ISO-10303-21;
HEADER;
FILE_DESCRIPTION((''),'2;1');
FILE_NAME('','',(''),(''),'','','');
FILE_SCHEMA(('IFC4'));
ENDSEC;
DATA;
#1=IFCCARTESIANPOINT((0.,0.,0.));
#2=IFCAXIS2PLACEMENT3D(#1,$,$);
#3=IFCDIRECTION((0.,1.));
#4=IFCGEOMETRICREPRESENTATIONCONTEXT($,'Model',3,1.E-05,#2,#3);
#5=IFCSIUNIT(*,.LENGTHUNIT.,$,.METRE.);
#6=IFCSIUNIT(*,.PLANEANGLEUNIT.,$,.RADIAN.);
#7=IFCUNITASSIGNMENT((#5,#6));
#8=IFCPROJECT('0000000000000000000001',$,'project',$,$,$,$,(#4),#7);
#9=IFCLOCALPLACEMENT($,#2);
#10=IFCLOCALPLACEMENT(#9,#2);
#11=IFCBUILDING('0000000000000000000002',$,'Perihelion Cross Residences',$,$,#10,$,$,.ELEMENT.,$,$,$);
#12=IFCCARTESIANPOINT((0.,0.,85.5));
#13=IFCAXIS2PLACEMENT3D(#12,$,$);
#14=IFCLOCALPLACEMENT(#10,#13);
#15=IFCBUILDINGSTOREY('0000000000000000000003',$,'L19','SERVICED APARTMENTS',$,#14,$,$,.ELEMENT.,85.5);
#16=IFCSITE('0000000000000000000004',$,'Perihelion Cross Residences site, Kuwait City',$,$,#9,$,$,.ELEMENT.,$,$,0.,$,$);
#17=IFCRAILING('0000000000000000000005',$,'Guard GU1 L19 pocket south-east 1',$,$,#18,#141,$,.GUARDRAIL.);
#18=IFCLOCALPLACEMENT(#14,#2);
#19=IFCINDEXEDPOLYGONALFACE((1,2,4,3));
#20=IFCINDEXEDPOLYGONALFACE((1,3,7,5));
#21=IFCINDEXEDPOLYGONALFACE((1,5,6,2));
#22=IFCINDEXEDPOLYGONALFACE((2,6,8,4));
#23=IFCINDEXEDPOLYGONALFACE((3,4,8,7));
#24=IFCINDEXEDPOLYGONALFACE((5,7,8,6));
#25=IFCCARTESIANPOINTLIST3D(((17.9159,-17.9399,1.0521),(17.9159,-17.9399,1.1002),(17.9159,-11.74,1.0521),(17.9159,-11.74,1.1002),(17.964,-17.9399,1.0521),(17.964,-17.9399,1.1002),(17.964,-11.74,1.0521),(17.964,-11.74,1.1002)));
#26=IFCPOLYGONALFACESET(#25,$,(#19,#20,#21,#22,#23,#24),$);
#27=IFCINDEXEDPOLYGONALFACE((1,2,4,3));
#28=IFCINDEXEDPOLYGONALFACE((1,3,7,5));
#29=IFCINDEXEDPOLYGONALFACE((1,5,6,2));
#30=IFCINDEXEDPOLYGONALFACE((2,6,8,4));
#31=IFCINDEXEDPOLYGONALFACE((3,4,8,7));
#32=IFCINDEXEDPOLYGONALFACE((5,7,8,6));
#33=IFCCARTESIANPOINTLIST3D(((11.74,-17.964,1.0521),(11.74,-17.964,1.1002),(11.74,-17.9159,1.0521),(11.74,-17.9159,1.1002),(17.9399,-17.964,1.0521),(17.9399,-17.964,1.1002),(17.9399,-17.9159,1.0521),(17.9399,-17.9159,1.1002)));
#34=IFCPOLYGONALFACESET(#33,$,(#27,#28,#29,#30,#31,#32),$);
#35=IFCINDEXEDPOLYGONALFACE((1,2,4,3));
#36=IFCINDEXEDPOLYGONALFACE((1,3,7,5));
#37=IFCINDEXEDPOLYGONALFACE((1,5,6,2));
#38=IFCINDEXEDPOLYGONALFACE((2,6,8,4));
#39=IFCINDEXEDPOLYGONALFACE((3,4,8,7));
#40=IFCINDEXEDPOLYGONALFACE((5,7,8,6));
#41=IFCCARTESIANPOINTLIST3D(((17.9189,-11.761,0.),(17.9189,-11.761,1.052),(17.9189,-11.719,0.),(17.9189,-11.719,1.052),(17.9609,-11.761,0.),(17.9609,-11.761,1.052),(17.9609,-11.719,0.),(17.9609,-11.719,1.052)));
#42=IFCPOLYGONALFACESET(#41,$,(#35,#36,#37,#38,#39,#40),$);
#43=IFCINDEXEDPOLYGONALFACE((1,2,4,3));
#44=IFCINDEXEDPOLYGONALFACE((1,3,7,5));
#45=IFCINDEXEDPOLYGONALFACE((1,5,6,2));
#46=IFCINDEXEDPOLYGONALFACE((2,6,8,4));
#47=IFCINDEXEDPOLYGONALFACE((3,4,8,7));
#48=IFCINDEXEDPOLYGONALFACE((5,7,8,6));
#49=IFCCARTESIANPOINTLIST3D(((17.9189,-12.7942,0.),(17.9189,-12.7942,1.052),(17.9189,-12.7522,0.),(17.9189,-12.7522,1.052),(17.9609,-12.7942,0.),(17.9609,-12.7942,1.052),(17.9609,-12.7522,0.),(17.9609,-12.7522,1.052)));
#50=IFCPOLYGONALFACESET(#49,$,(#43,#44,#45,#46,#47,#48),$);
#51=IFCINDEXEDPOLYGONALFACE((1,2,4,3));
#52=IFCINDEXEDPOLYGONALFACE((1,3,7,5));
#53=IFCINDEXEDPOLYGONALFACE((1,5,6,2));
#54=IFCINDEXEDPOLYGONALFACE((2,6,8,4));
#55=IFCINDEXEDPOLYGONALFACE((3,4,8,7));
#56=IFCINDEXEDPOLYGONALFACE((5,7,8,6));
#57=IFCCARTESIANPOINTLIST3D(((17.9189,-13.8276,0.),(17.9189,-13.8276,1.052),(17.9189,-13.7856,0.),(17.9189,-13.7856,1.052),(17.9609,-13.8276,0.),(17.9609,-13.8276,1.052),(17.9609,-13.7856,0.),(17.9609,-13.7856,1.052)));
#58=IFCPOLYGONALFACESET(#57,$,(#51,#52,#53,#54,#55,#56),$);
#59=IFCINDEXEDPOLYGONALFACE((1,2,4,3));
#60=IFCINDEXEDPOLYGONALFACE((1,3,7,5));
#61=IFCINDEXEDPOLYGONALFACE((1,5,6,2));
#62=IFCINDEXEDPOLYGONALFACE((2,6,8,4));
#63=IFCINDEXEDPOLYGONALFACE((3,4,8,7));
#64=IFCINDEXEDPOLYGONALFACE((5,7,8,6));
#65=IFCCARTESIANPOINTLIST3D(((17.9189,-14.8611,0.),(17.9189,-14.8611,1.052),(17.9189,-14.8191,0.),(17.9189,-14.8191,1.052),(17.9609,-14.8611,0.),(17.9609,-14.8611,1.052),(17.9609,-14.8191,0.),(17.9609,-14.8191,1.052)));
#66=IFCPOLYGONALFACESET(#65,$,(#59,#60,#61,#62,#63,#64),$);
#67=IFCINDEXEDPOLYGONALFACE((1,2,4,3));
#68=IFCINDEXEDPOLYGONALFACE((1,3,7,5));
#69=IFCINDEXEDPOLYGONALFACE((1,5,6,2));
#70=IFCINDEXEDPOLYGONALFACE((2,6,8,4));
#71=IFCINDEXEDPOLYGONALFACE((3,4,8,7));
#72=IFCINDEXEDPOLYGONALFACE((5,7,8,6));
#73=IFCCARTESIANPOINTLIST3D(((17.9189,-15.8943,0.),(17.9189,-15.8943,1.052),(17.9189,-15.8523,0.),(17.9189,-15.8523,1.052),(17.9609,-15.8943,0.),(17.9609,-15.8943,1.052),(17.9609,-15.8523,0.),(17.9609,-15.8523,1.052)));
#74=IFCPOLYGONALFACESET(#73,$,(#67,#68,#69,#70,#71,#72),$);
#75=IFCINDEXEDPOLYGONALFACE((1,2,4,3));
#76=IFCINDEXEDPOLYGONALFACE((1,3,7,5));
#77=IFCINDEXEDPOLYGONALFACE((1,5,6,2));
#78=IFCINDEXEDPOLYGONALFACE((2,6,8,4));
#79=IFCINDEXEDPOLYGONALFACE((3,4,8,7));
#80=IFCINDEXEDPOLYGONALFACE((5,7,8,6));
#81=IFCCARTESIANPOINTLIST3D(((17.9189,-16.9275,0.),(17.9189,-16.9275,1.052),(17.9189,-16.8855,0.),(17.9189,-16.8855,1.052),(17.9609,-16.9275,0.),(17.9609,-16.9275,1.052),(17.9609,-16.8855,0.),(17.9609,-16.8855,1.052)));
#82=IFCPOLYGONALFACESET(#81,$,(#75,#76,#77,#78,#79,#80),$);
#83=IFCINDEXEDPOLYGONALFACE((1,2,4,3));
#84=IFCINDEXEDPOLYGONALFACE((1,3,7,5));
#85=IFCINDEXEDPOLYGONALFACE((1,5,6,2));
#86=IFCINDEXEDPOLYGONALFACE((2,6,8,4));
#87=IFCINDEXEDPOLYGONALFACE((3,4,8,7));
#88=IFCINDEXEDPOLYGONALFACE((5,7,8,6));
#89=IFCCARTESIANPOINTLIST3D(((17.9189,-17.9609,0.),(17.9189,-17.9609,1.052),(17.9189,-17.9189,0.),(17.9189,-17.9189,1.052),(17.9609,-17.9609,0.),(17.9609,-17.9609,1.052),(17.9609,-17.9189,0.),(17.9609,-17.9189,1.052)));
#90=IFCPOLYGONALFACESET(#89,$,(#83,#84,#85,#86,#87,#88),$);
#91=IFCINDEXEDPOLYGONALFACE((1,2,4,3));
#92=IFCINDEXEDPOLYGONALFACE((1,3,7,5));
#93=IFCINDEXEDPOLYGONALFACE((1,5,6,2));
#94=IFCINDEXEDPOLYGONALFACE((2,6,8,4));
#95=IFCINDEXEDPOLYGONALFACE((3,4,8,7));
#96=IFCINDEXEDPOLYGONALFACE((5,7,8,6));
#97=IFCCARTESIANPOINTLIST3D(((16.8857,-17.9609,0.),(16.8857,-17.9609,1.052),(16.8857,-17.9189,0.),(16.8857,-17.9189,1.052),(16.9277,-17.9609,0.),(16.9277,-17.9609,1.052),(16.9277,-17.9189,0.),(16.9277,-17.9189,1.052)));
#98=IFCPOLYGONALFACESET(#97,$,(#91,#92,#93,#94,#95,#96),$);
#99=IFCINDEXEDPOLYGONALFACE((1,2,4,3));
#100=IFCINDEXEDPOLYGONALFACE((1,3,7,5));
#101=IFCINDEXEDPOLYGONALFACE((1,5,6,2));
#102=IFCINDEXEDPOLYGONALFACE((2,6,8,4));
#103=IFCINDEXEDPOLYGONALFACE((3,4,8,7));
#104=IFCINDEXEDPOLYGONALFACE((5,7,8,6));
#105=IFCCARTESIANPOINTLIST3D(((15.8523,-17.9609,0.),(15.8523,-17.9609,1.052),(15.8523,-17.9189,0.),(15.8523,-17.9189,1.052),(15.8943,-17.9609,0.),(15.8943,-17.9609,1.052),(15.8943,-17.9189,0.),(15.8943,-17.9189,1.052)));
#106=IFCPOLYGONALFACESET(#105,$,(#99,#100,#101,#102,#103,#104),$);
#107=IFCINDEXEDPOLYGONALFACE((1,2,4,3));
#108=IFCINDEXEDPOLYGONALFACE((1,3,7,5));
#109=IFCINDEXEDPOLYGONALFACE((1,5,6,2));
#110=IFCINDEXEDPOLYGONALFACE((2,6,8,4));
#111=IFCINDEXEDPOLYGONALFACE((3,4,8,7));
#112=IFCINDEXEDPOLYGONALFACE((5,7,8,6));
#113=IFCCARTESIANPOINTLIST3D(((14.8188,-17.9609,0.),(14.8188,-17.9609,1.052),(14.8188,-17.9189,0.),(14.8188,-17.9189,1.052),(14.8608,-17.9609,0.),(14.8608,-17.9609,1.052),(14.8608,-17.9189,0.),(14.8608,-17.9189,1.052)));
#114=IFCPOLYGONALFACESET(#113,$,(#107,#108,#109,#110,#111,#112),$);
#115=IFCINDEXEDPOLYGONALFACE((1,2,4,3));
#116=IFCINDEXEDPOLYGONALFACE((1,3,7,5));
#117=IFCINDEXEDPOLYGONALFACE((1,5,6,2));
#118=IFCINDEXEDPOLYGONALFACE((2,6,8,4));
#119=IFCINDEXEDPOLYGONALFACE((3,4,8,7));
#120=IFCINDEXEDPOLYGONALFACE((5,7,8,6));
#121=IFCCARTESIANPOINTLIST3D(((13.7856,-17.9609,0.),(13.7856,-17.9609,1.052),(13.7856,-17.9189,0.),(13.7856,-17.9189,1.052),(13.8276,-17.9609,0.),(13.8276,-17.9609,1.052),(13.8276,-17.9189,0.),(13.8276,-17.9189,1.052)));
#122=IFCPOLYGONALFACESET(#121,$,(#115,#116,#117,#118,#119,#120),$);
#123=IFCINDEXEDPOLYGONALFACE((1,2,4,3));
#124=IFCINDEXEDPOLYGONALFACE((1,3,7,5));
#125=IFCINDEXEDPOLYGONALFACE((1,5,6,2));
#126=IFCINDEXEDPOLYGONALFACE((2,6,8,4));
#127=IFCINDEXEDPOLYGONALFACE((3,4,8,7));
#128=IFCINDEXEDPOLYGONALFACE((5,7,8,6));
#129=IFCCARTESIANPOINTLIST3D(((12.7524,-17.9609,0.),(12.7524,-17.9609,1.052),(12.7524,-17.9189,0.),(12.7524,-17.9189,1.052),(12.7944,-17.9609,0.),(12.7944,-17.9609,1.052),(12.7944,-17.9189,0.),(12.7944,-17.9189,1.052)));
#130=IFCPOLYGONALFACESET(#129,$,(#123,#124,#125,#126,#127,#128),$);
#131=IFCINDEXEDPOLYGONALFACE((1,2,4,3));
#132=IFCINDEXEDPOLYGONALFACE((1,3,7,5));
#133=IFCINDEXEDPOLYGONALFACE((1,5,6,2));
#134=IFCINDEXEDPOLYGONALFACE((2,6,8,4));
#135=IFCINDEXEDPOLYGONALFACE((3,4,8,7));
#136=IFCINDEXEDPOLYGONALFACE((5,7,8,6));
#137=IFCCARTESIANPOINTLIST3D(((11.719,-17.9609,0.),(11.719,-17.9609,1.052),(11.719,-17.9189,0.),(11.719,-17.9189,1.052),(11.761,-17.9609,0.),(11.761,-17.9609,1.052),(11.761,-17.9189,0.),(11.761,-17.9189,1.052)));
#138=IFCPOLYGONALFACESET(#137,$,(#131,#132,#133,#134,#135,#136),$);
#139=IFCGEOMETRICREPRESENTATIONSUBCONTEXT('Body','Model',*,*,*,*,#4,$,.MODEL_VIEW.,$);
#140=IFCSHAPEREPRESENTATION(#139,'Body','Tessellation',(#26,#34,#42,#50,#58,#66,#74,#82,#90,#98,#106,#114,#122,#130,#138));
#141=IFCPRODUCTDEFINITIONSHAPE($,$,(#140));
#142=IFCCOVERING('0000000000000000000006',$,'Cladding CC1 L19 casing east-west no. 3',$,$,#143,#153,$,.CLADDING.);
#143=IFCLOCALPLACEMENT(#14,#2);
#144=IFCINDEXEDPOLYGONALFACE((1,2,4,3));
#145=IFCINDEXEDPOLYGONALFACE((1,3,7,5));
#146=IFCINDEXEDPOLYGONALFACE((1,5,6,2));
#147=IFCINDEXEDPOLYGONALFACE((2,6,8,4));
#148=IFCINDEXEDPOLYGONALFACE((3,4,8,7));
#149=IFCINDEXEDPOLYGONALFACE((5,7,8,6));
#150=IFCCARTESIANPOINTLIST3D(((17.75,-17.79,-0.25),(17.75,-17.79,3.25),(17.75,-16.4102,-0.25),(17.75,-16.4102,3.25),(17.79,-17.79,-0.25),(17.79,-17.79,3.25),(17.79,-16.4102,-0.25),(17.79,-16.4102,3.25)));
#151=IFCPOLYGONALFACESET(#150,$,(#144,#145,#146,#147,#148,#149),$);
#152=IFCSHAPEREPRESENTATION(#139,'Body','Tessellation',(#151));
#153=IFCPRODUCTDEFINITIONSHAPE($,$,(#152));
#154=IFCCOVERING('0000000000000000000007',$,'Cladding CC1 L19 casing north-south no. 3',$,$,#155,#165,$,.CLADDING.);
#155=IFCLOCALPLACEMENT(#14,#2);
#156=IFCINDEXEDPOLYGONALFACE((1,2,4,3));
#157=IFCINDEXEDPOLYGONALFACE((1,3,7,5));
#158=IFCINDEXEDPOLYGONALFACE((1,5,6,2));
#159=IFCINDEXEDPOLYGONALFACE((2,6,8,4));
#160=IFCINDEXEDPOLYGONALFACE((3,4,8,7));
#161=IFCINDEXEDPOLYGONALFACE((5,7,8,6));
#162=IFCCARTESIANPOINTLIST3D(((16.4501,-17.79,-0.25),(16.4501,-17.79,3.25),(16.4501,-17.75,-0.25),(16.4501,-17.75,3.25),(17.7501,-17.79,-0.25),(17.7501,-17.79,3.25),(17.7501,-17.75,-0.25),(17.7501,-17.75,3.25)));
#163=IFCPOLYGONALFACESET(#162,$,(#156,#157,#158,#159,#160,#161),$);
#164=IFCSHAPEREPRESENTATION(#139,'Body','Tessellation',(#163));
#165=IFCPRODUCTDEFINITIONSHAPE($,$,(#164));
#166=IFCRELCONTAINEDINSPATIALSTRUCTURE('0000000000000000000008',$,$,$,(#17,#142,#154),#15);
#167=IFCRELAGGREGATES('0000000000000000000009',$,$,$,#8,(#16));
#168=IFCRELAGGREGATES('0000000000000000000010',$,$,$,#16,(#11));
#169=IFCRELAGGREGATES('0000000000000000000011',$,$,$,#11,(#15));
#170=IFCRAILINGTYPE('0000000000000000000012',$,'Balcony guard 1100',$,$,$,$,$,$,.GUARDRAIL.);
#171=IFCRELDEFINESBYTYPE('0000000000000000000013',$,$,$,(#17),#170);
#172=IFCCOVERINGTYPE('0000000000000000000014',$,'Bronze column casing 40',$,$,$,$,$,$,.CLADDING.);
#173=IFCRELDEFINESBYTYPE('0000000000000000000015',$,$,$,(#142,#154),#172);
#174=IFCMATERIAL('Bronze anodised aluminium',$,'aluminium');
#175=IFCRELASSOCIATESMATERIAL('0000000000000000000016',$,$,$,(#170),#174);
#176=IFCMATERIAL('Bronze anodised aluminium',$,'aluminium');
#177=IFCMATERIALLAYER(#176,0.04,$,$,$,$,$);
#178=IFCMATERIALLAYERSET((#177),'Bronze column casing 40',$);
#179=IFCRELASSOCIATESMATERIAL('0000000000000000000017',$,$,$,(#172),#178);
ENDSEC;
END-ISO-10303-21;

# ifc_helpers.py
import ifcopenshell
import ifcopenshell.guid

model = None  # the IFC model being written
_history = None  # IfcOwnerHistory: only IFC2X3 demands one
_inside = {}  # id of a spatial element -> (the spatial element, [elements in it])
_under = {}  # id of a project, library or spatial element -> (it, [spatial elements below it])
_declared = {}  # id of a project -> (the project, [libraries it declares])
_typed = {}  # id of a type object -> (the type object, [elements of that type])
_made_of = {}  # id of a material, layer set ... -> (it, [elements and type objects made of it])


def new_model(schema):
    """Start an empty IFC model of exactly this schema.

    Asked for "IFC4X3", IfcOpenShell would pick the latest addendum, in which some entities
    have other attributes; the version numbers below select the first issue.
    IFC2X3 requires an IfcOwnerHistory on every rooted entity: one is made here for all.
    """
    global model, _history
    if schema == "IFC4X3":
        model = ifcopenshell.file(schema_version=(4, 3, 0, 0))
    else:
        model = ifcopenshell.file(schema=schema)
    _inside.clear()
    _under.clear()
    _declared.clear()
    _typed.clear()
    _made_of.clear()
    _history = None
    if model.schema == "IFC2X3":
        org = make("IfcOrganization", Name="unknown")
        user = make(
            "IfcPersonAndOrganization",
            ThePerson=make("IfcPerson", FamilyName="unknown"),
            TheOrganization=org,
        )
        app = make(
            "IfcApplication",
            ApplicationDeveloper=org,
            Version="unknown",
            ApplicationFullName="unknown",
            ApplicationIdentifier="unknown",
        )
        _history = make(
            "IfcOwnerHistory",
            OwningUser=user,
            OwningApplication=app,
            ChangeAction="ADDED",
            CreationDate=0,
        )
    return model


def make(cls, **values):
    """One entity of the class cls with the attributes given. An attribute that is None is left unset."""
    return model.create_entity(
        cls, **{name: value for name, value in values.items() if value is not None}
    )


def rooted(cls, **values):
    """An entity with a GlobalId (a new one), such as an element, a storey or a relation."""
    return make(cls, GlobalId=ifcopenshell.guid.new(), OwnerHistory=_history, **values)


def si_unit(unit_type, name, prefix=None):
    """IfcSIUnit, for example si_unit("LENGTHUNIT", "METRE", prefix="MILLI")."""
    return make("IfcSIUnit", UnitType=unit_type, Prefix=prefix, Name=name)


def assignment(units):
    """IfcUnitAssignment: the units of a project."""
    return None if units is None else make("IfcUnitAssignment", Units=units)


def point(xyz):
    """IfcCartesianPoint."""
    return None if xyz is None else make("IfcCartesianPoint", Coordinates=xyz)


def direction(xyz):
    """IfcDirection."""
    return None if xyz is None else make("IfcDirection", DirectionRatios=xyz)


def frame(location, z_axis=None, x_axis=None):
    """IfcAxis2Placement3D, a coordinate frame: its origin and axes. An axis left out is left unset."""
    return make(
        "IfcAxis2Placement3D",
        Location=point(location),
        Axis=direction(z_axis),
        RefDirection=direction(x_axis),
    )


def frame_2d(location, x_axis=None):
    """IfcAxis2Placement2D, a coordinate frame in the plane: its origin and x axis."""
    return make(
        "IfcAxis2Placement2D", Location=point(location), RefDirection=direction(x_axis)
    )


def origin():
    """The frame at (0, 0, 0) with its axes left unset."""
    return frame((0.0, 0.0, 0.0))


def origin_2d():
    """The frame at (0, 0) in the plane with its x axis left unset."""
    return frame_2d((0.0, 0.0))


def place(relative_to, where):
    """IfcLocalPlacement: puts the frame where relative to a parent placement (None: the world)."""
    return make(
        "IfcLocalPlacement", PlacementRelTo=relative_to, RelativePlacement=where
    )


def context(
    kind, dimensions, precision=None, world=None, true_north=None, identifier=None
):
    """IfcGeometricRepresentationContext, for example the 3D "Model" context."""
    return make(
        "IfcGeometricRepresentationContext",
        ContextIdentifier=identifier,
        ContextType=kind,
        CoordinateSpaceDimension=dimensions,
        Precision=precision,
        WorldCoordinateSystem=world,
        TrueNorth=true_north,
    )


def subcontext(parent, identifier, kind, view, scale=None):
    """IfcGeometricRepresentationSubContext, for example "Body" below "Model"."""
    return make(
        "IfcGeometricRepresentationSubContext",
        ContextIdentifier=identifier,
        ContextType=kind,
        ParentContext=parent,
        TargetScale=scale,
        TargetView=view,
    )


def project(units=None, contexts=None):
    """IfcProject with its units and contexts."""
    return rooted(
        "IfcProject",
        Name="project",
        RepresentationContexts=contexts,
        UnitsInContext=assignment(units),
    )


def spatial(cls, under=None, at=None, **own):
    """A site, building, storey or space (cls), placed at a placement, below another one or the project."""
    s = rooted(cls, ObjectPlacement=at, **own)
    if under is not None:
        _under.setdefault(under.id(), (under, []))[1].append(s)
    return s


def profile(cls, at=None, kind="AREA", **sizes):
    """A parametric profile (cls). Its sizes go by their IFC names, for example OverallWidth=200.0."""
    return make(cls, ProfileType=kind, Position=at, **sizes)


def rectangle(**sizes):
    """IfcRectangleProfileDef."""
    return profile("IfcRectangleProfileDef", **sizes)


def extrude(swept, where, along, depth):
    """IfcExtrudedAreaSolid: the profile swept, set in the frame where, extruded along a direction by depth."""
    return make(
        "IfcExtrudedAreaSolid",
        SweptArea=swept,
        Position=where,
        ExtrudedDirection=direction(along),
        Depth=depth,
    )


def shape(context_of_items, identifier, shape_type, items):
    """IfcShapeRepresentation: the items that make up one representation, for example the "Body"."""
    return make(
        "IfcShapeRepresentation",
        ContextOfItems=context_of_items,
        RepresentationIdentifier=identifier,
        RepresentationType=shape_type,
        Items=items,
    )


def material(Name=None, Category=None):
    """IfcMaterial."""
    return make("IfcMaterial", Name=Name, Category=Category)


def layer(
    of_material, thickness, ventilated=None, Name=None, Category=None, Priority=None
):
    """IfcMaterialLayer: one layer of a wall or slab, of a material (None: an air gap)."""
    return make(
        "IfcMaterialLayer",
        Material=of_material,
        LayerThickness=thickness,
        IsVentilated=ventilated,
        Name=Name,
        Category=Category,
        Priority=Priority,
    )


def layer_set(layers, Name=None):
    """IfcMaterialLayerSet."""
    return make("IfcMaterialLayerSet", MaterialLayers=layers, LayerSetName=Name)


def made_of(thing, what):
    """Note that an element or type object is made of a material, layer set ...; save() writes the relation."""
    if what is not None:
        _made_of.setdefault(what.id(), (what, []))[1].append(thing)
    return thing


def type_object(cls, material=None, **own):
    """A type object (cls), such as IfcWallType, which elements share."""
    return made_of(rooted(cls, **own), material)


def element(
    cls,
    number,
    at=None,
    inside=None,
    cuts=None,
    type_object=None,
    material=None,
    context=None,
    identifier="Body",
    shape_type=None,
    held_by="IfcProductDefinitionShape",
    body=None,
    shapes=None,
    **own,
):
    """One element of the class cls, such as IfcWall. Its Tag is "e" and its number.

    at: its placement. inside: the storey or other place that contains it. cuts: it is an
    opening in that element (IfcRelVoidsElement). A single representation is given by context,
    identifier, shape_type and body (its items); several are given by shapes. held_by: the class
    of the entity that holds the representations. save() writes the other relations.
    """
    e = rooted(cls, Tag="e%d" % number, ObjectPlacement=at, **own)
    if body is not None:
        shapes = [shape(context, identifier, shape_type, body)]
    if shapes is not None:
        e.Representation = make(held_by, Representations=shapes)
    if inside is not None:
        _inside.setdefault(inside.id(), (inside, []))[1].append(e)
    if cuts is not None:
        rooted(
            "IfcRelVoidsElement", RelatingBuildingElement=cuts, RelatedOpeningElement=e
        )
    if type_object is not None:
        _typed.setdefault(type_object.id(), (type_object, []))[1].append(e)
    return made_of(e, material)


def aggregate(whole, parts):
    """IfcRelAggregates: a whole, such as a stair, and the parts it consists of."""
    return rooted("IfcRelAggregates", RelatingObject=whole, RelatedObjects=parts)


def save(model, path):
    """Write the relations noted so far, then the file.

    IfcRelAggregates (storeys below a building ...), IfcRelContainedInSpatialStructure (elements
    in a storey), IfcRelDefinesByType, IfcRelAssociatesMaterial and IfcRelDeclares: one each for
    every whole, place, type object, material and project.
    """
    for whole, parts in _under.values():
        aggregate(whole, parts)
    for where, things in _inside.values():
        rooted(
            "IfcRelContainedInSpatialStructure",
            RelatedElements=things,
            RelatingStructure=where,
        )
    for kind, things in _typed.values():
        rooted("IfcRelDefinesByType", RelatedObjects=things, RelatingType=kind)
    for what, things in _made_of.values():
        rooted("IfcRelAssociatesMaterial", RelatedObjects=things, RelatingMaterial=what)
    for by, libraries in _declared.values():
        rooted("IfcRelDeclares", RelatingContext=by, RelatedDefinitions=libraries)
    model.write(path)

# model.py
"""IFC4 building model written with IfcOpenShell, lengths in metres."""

from ifc_helpers import new_model, si_unit, direction, frame, origin, origin_2d, place, context, subcontext, project, spatial, rectangle, extrude, material, layer, layer_set, type_object, element, save


model = new_model("IFC4")

# Units and contexts
model_context = context("Model", 3, precision=1e-05, world=origin(), true_north=direction((0.0, 1.0)))
body_context = subcontext(model_context, "Body", "Model", "MODEL_VIEW")
ifc_project = project(units=[si_unit("LENGTHUNIT", "METRE"), si_unit("PLANEANGLEUNIT", "RADIAN")], contexts=[model_context])

# Site, building, storey
site_placement = place(None, origin())
site = spatial("IfcSite", under=ifc_project, at=site_placement, Name="Perihelion Cross Residences site, Kuwait City", CompositionType="ELEMENT", RefElevation=0.0)
building_placement = place(site_placement, origin())
building = spatial("IfcBuilding", under=site, at=building_placement, Name="Perihelion Cross Residences", CompositionType="ELEMENT")
storey_placement = place(building_placement, frame((0.0, 0.0, 85.5)))
storey = spatial("IfcBuildingStorey", under=building, at=storey_placement, Name="L19", Description="SERVICED APARTMENTS", CompositionType="ELEMENT", Elevation=85.5)

# Railing
ifc_material_1 = material(Name="Bronze anodised aluminium", Category="aluminium")
railing_type = type_object("IfcRailingType", Name="Balcony guard 1100", PredefinedType="GUARDRAIL", material=ifc_material_1)
railing_1_placement = place(storey_placement, frame((17.9399, -11.74, 0.0)))
element("IfcRailing", 1, at=railing_1_placement, inside=storey, type_object=railing_type, Name="Guard GU1 L19 pocket south-east 1", PredefinedType="GUARDRAIL", context=body_context, shape_type="SweptSolid", body=[
    extrude(rectangle(XDim=0.0481, YDim=0.0481, at=origin_2d()), frame((0.0, 0.0, 1.0762), z_axis=(0.0, -1.0, 0.0), x_axis=(1.0, 0.0, 0.0)), (0.0, 0.0, 1.0), 6.2),
    extrude(rectangle(XDim=0.0481, YDim=0.0481, at=origin_2d()), frame((0.0, -6.2, 1.0762), z_axis=(-1.0, 0.0, 0.0), x_axis=(0.0, -1.0, 0.0)), (0.0, 0.0, 1.0), 6.2),
    extrude(rectangle(XDim=0.042, YDim=0.042, at=origin_2d()), origin(), (0.0, 0.0, 1.0), 1.052),
    extrude(rectangle(XDim=0.042, YDim=0.042, at=origin_2d()), frame((0.0, -1.0332, 0.0)), (0.0, 0.0, 1.0), 1.052),
    extrude(rectangle(XDim=0.042, YDim=0.042, at=origin_2d()), frame((0.0, -2.0667, 0.0)), (0.0, 0.0, 1.0), 1.052),
    extrude(rectangle(XDim=0.042, YDim=0.042, at=origin_2d()), frame((0.0, -3.1001, 0.0)), (0.0, 0.0, 1.0), 1.052),
    extrude(rectangle(XDim=0.042, YDim=0.042, at=origin_2d()), frame((0.0, -4.1333, 0.0)), (0.0, 0.0, 1.0), 1.052),
    extrude(rectangle(XDim=0.042, YDim=0.042, at=origin_2d()), frame((0.0, -5.1665, 0.0)), (0.0, 0.0, 1.0), 1.052),
    extrude(rectangle(XDim=0.042, YDim=0.042, at=origin_2d()), frame((0.0, -6.2, 0.0)), (0.0, 0.0, 1.0), 1.052),
    extrude(rectangle(XDim=0.042, YDim=0.042, at=origin_2d()), frame((-1.0332, -6.2, 0.0)), (0.0, 0.0, 1.0), 1.052),
    extrude(rectangle(XDim=0.042, YDim=0.042, at=origin_2d()), frame((-2.0667, -6.2, 0.0)), (0.0, 0.0, 1.0), 1.052),
    extrude(rectangle(XDim=0.042, YDim=0.042, at=origin_2d()), frame((-3.1001, -6.2, 0.0)), (0.0, 0.0, 1.0), 1.052),
    extrude(rectangle(XDim=0.042, YDim=0.042, at=origin_2d()), frame((-4.1333, -6.2, 0.0)), (0.0, 0.0, 1.0), 1.052),
    extrude(rectangle(XDim=0.042, YDim=0.042, at=origin_2d()), frame((-5.1665, -6.2, 0.0)), (0.0, 0.0, 1.0), 1.052),
    extrude(rectangle(XDim=0.042, YDim=0.042, at=origin_2d()), frame((-6.2, -6.2, 0.0)), (0.0, 0.0, 1.0), 1.052),
])

# Coverings
ifc_material_2 = material(Name="Bronze anodised aluminium", Category="aluminium")
ifc_layer_1 = layer(ifc_material_2, 0.04)
ifc_layer_set_1 = layer_set([ifc_layer_1], Name="Bronze column casing 40")
covering_type = type_object("IfcCoveringType", Name="Bronze column casing 40", PredefinedType="CLADDING", material=ifc_layer_set_1)
covering_1_placement = place(storey_placement, frame((17.77, -17.1001, -0.25), z_axis=(0.0, 0.0, 1.0), x_axis=(1.0, 0.0, 0.0)))
element("IfcCovering", 2, at=covering_1_placement, inside=storey, type_object=covering_type, Name="Cladding CC1 L19 casing east-west no. 3", PredefinedType="CLADDING", context=body_context, shape_type="SweptSolid", body=[
    extrude(rectangle(XDim=0.04, YDim=1.3799, at=origin_2d()), origin(), (0.0, 0.0, 1.0), 3.5),
])
covering_2_placement = place(storey_placement, frame((17.1001, -17.77, -0.25), z_axis=(0.0, 0.0, 1.0), x_axis=(1.0, 0.0, 0.0)))
element("IfcCovering", 3, at=covering_2_placement, inside=storey, type_object=covering_type, Name="Cladding CC1 L19 casing north-south no. 3", PredefinedType="CLADDING", context=body_context, shape_type="SweptSolid", body=[
    extrude(rectangle(XDim=1.3, YDim=0.04, at=origin_2d()), origin(), (0.0, 0.0, 1.0), 3.5),
])

save(model, "model.ifc")
